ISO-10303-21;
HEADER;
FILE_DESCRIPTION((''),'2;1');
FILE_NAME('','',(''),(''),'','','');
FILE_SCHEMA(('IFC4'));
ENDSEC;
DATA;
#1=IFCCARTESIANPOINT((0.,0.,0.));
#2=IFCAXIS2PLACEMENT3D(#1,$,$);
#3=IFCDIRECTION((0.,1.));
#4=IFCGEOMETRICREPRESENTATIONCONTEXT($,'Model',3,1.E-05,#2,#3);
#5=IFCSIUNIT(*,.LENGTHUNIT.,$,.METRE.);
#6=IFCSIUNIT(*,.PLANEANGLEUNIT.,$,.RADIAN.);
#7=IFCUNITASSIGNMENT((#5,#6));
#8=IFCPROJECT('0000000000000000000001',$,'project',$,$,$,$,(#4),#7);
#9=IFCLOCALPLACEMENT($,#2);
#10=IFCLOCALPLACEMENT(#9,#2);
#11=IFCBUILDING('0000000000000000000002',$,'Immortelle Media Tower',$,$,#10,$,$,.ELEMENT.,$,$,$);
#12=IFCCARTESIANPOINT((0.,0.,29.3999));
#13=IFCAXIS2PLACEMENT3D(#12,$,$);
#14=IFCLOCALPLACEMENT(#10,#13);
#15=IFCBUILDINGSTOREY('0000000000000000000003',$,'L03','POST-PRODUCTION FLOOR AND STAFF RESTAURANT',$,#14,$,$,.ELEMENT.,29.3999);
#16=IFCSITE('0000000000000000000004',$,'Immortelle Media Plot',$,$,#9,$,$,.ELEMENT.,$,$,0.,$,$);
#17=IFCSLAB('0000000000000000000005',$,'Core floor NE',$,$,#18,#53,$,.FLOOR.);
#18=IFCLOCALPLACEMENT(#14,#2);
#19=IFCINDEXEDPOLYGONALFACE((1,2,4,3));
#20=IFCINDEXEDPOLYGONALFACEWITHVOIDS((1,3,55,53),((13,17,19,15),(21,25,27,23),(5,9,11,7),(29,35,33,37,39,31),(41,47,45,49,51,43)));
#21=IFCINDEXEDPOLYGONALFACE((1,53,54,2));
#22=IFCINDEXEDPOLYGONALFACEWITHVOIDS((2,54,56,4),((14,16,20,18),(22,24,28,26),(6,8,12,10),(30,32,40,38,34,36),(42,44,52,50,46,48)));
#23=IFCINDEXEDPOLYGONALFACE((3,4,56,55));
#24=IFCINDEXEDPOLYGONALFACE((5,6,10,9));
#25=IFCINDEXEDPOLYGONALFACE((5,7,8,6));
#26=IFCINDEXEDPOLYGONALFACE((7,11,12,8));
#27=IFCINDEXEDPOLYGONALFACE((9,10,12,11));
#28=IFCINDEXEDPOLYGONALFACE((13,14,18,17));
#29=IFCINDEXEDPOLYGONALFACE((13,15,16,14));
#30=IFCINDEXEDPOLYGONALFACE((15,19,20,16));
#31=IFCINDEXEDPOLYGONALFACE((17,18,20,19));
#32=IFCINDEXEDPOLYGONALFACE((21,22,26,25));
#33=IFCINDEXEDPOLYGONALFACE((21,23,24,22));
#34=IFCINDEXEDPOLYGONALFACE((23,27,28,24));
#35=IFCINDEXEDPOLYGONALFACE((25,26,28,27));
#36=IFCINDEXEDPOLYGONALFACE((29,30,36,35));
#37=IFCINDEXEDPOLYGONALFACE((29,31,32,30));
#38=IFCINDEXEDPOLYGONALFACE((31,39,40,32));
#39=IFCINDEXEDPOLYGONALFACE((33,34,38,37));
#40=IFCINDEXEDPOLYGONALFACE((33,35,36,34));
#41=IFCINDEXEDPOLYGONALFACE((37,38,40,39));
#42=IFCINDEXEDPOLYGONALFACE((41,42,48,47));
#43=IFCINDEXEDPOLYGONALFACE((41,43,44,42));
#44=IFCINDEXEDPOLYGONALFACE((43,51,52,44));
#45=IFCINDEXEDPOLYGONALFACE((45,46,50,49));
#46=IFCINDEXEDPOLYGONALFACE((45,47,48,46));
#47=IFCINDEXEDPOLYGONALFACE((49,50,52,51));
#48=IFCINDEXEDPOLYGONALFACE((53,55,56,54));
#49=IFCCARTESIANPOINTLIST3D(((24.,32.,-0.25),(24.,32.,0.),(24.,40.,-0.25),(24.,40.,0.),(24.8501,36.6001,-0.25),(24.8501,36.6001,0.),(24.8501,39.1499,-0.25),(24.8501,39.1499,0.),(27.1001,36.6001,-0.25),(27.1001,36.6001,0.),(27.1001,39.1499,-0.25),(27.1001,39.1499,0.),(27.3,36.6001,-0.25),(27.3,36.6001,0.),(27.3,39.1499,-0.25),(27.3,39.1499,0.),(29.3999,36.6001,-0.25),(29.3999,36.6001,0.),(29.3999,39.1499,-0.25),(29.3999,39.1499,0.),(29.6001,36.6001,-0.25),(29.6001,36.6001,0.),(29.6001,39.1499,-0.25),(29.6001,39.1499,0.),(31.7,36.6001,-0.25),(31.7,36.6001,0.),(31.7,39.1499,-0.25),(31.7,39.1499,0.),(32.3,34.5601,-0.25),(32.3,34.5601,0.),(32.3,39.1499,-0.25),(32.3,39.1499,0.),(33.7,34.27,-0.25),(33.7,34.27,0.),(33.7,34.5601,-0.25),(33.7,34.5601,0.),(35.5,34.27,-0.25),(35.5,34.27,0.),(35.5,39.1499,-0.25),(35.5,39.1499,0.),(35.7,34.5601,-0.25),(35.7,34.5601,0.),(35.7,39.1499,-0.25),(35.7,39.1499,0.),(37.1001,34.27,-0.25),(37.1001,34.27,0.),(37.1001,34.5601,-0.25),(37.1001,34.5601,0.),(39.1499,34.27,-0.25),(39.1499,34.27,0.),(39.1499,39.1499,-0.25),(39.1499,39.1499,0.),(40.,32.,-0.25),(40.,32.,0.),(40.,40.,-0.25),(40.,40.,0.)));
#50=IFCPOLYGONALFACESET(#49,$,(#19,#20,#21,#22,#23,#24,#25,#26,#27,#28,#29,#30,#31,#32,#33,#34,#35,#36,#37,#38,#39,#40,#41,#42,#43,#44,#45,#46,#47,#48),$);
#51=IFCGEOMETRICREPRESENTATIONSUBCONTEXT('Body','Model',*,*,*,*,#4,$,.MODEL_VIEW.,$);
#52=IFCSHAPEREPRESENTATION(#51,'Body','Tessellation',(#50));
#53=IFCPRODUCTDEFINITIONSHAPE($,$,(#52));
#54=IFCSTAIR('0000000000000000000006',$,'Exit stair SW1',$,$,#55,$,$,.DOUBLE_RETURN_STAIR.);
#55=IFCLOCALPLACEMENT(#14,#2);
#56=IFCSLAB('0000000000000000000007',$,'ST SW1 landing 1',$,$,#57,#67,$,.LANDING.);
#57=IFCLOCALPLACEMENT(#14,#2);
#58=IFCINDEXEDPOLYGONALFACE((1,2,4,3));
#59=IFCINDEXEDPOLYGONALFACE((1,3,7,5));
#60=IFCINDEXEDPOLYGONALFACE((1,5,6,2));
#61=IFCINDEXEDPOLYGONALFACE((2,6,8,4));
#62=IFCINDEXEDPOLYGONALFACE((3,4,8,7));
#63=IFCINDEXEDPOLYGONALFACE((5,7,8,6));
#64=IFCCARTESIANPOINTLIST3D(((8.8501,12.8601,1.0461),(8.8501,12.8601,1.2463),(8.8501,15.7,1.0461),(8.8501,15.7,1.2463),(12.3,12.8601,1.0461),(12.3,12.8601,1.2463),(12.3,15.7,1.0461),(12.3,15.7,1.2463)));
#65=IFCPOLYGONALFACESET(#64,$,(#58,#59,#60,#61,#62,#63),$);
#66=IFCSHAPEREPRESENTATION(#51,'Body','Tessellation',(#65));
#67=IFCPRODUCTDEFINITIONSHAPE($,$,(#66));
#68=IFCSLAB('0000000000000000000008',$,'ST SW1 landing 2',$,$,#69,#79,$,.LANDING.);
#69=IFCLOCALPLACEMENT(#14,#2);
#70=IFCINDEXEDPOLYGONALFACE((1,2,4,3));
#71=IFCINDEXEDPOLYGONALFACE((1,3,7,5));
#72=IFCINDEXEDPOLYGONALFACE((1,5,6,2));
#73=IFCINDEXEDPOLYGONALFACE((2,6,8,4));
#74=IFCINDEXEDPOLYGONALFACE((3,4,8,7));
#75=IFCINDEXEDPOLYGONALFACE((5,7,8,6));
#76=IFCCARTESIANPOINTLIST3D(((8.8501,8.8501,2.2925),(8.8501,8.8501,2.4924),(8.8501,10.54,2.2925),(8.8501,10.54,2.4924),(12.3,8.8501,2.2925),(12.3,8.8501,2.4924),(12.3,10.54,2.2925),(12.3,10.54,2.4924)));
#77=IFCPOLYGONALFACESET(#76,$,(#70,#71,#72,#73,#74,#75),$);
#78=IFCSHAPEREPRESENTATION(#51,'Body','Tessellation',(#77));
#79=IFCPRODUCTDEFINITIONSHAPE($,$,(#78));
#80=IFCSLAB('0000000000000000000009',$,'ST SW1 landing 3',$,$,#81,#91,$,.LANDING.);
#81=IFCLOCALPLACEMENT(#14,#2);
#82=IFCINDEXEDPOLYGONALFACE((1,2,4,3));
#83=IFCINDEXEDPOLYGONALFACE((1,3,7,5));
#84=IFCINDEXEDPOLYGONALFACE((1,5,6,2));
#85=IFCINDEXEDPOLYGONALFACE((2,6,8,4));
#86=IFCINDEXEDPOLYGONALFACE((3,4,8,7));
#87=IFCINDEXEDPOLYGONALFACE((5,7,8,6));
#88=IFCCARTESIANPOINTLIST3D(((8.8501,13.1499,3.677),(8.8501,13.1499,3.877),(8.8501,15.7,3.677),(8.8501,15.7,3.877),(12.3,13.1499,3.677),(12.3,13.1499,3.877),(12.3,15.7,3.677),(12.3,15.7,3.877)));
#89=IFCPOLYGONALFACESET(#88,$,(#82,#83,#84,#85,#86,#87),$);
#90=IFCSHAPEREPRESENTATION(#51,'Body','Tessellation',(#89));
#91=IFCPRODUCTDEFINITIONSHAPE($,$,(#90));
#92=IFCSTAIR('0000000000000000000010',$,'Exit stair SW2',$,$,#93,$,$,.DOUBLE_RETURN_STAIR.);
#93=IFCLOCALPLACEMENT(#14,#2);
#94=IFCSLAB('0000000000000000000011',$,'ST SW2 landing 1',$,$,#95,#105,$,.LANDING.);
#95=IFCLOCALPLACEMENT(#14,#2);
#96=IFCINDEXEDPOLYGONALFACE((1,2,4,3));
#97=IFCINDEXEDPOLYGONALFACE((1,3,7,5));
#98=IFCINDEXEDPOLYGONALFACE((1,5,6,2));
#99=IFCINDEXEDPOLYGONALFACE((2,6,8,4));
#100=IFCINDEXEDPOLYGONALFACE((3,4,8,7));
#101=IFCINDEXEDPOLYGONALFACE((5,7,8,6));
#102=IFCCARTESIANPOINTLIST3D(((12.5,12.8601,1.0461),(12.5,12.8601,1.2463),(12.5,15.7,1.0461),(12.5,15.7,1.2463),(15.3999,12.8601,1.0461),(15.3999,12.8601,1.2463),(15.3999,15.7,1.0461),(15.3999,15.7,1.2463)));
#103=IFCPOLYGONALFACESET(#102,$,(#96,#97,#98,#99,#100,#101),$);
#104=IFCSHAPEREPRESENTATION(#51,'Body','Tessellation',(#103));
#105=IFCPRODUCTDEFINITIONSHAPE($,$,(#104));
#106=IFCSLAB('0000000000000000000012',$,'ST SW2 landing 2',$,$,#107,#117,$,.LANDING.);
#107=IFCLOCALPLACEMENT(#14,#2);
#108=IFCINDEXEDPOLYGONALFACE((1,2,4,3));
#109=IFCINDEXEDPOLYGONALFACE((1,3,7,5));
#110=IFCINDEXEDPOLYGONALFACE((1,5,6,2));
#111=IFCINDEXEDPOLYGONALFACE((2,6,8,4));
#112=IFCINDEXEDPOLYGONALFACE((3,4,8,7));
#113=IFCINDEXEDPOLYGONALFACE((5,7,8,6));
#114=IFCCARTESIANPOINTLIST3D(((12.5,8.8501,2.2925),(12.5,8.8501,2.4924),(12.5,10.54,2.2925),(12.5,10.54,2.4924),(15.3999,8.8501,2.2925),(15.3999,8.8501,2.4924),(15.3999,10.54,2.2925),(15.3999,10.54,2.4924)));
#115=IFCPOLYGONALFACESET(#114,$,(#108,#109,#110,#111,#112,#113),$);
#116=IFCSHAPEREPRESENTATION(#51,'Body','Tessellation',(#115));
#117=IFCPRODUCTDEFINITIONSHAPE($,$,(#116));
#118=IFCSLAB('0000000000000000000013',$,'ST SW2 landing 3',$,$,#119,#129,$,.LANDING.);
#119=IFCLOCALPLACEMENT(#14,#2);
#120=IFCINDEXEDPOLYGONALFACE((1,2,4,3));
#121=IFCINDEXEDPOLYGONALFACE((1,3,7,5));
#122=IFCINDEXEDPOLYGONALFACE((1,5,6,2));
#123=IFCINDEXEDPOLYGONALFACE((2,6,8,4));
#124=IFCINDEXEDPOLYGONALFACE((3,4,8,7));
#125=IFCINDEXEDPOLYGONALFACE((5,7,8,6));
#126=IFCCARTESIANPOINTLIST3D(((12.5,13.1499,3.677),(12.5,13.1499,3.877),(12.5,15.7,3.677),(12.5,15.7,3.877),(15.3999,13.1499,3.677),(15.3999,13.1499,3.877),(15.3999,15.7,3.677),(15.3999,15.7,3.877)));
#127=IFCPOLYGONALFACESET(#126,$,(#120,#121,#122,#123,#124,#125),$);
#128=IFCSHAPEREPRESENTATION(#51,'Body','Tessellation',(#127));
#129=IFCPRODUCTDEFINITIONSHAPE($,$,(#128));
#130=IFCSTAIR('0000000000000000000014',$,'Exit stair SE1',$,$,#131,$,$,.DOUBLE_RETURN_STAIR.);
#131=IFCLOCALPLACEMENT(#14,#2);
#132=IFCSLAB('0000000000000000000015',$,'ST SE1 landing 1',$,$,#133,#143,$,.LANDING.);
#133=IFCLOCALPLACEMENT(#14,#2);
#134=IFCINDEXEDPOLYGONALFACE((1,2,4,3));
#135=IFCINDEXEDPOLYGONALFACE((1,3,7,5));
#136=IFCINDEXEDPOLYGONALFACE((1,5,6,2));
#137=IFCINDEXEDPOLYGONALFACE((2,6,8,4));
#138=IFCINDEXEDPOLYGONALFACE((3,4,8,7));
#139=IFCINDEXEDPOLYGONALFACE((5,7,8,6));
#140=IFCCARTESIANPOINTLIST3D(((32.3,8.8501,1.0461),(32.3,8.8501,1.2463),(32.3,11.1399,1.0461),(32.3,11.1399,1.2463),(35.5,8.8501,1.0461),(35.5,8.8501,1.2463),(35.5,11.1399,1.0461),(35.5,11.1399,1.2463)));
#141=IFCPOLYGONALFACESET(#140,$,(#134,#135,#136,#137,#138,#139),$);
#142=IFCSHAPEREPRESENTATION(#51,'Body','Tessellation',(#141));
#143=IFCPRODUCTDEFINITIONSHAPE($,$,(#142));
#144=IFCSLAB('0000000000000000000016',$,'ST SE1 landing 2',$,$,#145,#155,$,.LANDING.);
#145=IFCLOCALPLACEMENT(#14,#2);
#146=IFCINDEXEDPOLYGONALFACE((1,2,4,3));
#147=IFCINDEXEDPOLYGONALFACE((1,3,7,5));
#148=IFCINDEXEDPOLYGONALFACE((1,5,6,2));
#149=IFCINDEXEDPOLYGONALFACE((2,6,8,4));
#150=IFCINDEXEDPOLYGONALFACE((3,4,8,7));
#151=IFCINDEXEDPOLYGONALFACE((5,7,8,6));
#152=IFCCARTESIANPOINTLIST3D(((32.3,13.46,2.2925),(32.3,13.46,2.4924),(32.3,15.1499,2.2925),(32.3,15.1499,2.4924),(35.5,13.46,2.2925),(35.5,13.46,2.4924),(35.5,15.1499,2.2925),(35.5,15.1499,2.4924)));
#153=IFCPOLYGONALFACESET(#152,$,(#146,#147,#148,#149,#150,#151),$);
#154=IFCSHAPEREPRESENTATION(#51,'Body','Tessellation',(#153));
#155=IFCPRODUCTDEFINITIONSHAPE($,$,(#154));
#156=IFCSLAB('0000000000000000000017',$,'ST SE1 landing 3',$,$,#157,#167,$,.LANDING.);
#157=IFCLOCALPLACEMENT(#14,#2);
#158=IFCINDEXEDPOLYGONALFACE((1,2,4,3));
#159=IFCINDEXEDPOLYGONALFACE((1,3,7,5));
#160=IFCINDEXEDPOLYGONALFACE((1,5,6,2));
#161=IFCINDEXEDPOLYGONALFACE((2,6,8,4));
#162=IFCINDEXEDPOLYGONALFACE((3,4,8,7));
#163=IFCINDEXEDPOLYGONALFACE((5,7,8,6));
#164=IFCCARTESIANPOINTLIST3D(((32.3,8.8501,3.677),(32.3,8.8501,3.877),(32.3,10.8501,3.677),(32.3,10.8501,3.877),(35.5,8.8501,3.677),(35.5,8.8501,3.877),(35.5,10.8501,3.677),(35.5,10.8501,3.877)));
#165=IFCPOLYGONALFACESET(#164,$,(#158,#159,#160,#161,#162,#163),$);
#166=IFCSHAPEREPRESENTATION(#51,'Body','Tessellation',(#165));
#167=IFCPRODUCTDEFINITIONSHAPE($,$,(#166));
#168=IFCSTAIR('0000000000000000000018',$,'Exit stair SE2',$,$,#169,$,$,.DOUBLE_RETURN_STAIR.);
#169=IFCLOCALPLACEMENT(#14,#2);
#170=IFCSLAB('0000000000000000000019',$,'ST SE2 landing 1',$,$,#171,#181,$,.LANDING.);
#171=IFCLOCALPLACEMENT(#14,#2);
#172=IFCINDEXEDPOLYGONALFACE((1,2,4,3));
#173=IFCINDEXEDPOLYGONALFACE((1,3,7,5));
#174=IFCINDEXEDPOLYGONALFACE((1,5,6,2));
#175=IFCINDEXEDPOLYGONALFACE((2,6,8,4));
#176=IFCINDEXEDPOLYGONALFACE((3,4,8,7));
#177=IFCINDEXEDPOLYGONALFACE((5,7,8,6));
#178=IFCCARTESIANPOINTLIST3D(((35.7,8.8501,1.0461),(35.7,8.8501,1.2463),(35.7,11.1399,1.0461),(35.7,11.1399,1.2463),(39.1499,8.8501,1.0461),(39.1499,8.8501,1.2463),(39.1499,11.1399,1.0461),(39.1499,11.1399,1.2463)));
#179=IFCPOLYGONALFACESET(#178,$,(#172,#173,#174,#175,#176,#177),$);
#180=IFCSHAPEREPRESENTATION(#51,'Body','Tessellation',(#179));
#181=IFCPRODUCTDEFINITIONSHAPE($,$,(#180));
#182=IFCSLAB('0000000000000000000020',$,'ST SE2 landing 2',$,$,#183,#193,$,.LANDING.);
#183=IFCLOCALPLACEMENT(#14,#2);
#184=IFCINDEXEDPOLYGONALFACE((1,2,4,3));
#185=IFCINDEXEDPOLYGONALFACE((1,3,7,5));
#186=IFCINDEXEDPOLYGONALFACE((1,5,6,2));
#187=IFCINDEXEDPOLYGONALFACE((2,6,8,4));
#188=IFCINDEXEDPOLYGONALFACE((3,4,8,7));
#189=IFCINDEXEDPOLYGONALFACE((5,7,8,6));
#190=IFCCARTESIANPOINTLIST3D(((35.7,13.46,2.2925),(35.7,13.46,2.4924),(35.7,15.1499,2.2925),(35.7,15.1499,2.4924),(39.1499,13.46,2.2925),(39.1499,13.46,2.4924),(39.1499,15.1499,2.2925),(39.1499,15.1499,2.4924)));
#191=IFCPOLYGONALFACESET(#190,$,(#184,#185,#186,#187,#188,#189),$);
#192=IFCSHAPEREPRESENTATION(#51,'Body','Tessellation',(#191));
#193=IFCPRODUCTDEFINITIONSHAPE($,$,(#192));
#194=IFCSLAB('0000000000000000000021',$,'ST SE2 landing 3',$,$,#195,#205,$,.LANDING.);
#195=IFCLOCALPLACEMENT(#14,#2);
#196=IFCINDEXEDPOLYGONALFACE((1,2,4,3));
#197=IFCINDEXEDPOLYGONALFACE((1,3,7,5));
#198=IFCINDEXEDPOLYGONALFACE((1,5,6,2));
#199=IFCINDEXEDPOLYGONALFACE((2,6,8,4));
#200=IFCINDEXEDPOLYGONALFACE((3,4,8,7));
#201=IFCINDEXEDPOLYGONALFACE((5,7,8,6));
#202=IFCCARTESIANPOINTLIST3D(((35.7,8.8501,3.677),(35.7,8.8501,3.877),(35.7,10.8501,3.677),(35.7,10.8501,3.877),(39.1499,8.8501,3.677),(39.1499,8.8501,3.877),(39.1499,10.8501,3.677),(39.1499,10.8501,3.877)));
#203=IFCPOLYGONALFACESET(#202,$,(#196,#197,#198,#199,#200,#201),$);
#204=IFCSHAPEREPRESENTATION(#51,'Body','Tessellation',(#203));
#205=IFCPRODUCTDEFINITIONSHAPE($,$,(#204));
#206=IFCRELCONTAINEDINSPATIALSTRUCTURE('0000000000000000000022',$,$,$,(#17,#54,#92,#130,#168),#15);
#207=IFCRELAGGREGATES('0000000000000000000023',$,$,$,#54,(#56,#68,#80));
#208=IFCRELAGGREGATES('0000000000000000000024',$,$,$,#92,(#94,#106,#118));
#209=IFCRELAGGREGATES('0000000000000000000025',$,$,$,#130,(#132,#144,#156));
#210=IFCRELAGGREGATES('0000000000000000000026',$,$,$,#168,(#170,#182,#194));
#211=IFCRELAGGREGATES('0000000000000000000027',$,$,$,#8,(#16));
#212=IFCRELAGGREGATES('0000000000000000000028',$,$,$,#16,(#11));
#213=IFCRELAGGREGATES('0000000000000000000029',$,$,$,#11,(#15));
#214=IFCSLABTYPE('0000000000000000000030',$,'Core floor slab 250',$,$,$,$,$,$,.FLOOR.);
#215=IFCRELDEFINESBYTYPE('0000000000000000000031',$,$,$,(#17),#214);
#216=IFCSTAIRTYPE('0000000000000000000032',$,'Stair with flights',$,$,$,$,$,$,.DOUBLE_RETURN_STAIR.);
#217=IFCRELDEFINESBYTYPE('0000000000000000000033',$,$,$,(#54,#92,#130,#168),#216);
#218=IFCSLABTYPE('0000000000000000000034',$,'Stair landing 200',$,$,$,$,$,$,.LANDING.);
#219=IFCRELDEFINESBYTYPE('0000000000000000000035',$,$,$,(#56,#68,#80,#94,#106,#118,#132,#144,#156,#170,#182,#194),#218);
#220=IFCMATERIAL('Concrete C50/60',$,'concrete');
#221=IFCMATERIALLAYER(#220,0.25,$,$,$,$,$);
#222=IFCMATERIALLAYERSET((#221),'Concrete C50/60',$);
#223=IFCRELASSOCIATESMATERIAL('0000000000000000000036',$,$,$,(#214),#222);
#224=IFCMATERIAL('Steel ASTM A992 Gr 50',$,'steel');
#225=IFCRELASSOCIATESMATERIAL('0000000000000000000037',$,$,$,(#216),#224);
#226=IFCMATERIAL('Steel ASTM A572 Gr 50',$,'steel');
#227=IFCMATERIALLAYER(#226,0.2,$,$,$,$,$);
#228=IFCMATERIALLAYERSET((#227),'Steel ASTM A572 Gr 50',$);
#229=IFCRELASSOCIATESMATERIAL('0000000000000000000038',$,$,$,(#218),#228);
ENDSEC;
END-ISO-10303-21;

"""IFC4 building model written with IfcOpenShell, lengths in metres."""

from ifc_helpers import new_model, si_unit, direction, frame, origin, place, context, subcontext, project, spatial, polyline, outline, extrude, material, layer, layer_set, type_object, element, aggregate, save


model = new_model("IFC4")

# Units and contexts
model_context = context("Model", 3, precision=1e-05, world=origin(), true_north=direction((0.0, 1.0)))
body_context = subcontext(model_context, "Body", "Model", "MODEL_VIEW")
ifc_project = project(units=[si_unit("LENGTHUNIT", "METRE"), si_unit("PLANEANGLEUNIT", "RADIAN")], contexts=[model_context])

# Site, building, storey
site_placement = place(None, origin())
site = spatial("IfcSite", under=ifc_project, at=site_placement, Name="Immortelle Media Plot", CompositionType="ELEMENT", RefElevation=0.0)
building_placement = place(site_placement, origin())
building = spatial("IfcBuilding", under=site, at=building_placement, Name="Immortelle Media Tower", CompositionType="ELEMENT")
storey_placement = place(building_placement, frame((0.0, 0.0, 29.3999)))
storey = spatial("IfcBuildingStorey", under=building, at=storey_placement, Name="L03", Description="POST-PRODUCTION FLOOR AND STAFF RESTAURANT", CompositionType="ELEMENT", Elevation=29.3999)

# Slab
ifc_material_1 = material(Name="Concrete C50/60", Category="concrete")
ifc_layer_1 = layer(ifc_material_1, 0.25)
ifc_layer_set_1 = layer_set([ifc_layer_1], Name="Concrete C50/60")
slab_type_1 = type_object("IfcSlabType", Name="Core floor slab 250", PredefinedType="FLOOR", material=ifc_layer_set_1)
slab_1_placement = place(storey_placement, frame((0.0, 0.0, -0.25)))
element("IfcSlab", 1, at=slab_1_placement, inside=storey, type_object=slab_type_1, Name="Core floor NE", PredefinedType="FLOOR", context=body_context, shape_type="SweptSolid", body=[
    extrude(outline(polyline([(24.0, 32.0), (40.0, 32.0), (40.0, 40.0), (24.0, 40.0), (24.0, 32.0)]), holes=[polyline([(24.8501, 36.6001), (27.1001, 36.6001), (27.1001, 39.1499), (24.8501, 39.1499), (24.8501, 36.6001)]), polyline([(27.3, 36.6001), (29.3999, 36.6001), (29.3999, 39.1499), (27.3, 39.1499), (27.3, 36.6001)]), polyline([(29.6001, 36.6001), (31.7, 36.6001), (31.7, 39.1499), (29.6001, 39.1499), (29.6001, 36.6001)]), polyline([(32.3, 39.1499), (35.5, 39.1499), (35.5, 34.27), (33.7, 34.27), (33.7, 34.5601), (32.3, 34.5601), (32.3, 39.1499)]), polyline([(35.7, 39.1499), (39.1499, 39.1499), (39.1499, 34.27), (37.1001, 34.27), (37.1001, 34.5601), (35.7, 34.5601), (35.7, 39.1499)])]), origin(), (0.0, 0.0, 1.0), 0.25),
])

# Stairs, slabs
ifc_material_2 = material(Name="Steel ASTM A992 Gr 50", Category="steel")
stair_type = type_object("IfcStairType", Name="Stair with flights", PredefinedType="DOUBLE_RETURN_STAIR", material=ifc_material_2)
stair_1_placement = place(storey_placement, origin())
stair_1 = element("IfcStair", 2, at=stair_1_placement, inside=storey, type_object=stair_type, Name="Exit stair SW1", PredefinedType="DOUBLE_RETURN_STAIR")
ifc_material_3 = material(Name="Steel ASTM A572 Gr 50", Category="steel")
ifc_layer_2 = layer(ifc_material_3, 0.2)
ifc_layer_set_2 = layer_set([ifc_layer_2], Name="Steel ASTM A572 Gr 50")
slab_type_2 = type_object("IfcSlabType", Name="Stair landing 200", PredefinedType="LANDING", material=ifc_layer_set_2)
slab_2_placement = place(storey_placement, frame((0.0, 0.0, 1.0461)))
slab_2 = element("IfcSlab", 3, at=slab_2_placement, type_object=slab_type_2, Name="ST SW1 landing 1", PredefinedType="LANDING", context=body_context, shape_type="SweptSolid", body=[
    extrude(outline(polyline([(8.8501, 12.8601), (12.3, 12.8601), (12.3, 15.7), (8.8501, 15.7), (8.8501, 12.8601)])), origin(), (0.0, 0.0, 1.0), 0.2002),
])
slab_3_placement = place(storey_placement, frame((0.0, 0.0, 2.2925)))
slab_3 = element("IfcSlab", 4, at=slab_3_placement, type_object=slab_type_2, Name="ST SW1 landing 2", PredefinedType="LANDING", context=body_context, shape_type="SweptSolid", body=[
    extrude(outline(polyline([(8.8501, 8.8501), (12.3, 8.8501), (12.3, 10.54), (8.8501, 10.54), (8.8501, 8.8501)])), origin(), (0.0, 0.0, 1.0), 0.2),
])
slab_4_placement = place(storey_placement, frame((0.0, 0.0, 3.677)))
slab_4 = element("IfcSlab", 5, at=slab_4_placement, type_object=slab_type_2, Name="ST SW1 landing 3", PredefinedType="LANDING", context=body_context, shape_type="SweptSolid", body=[
    extrude(outline(polyline([(8.8501, 13.1499), (12.3, 13.1499), (12.3, 15.7), (8.8501, 15.7), (8.8501, 13.1499)])), origin(), (0.0, 0.0, 1.0), 0.2),
])
aggregate(stair_1, [slab_2, slab_3, slab_4])
stair_2_placement = place(storey_placement, origin())
stair_2 = element("IfcStair", 6, at=stair_2_placement, inside=storey, type_object=stair_type, Name="Exit stair SW2", PredefinedType="DOUBLE_RETURN_STAIR")
slab_5_placement = place(storey_placement, frame((0.0, 0.0, 1.0461)))
slab_5 = element("IfcSlab", 7, at=slab_5_placement, type_object=slab_type_2, Name="ST SW2 landing 1", PredefinedType="LANDING", context=body_context, shape_type="SweptSolid", body=[
    extrude(outline(polyline([(12.5, 12.8601), (15.3999, 12.8601), (15.3999, 15.7), (12.5, 15.7), (12.5, 12.8601)])), origin(), (0.0, 0.0, 1.0), 0.2002),
])
slab_6_placement = place(storey_placement, frame((0.0, 0.0, 2.2925)))
slab_6 = element("IfcSlab", 8, at=slab_6_placement, type_object=slab_type_2, Name="ST SW2 landing 2", PredefinedType="LANDING", context=body_context, shape_type="SweptSolid", body=[
    extrude(outline(polyline([(12.5, 8.8501), (15.3999, 8.8501), (15.3999, 10.54), (12.5, 10.54), (12.5, 8.8501)])), origin(), (0.0, 0.0, 1.0), 0.2),
])
slab_7_placement = place(storey_placement, frame((0.0, 0.0, 3.677)))
slab_7 = element("IfcSlab", 9, at=slab_7_placement, type_object=slab_type_2, Name="ST SW2 landing 3", PredefinedType="LANDING", context=body_context, shape_type="SweptSolid", body=[
    extrude(outline(polyline([(12.5, 13.1499), (15.3999, 13.1499), (15.3999, 15.7), (12.5, 15.7), (12.5, 13.1499)])), origin(), (0.0, 0.0, 1.0), 0.2),
])
aggregate(stair_2, [slab_5, slab_6, slab_7])
stair_3_placement = place(storey_placement, origin())
stair_3 = element("IfcStair", 10, at=stair_3_placement, inside=storey, type_object=stair_type, Name="Exit stair SE1", PredefinedType="DOUBLE_RETURN_STAIR")
slab_8_placement = place(storey_placement, frame((0.0, 0.0, 1.0461)))
slab_8 = element("IfcSlab", 11, at=slab_8_placement, type_object=slab_type_2, Name="ST SE1 landing 1", PredefinedType="LANDING", context=body_context, shape_type="SweptSolid", body=[
    extrude(outline(polyline([(32.3, 8.8501), (35.5, 8.8501), (35.5, 11.1399), (32.3, 11.1399), (32.3, 8.8501)])), origin(), (0.0, 0.0, 1.0), 0.2002),
])
slab_9_placement = place(storey_placement, frame((0.0, 0.0, 2.2925)))
slab_9 = element("IfcSlab", 12, at=slab_9_placement, type_object=slab_type_2, Name="ST SE1 landing 2", PredefinedType="LANDING", context=body_context, shape_type="SweptSolid", body=[
    extrude(outline(polyline([(32.3, 13.46), (35.5, 13.46), (35.5, 15.1499), (32.3, 15.1499), (32.3, 13.46)])), origin(), (0.0, 0.0, 1.0), 0.2),
])
slab_10_placement = place(storey_placement, frame((0.0, 0.0, 3.677)))
slab_10 = element("IfcSlab", 13, at=slab_10_placement, type_object=slab_type_2, Name="ST SE1 landing 3", PredefinedType="LANDING", context=body_context, shape_type="SweptSolid", body=[
    extrude(outline(polyline([(32.3, 8.8501), (35.5, 8.8501), (35.5, 10.8501), (32.3, 10.8501), (32.3, 8.8501)])), origin(), (0.0, 0.0, 1.0), 0.2),
])
aggregate(stair_3, [slab_8, slab_9, slab_10])
stair_4_placement = place(storey_placement, origin())
stair_4 = element("IfcStair", 14, at=stair_4_placement, inside=storey, type_object=stair_type, Name="Exit stair SE2", PredefinedType="DOUBLE_RETURN_STAIR")
slab_11_placement = place(storey_placement, frame((0.0, 0.0, 1.0461)))
slab_11 = element("IfcSlab", 15, at=slab_11_placement, type_object=slab_type_2, Name="ST SE2 landing 1", PredefinedType="LANDING", context=body_context, shape_type="SweptSolid", body=[
    extrude(outline(polyline([(35.7, 8.8501), (39.1499, 8.8501), (39.1499, 11.1399), (35.7, 11.1399), (35.7, 8.8501)])), origin(), (0.0, 0.0, 1.0), 0.2002),
])
slab_12_placement = place(storey_placement, frame((0.0, 0.0, 2.2925)))
slab_12 = element("IfcSlab", 16, at=slab_12_placement, type_object=slab_type_2, Name="ST SE2 landing 2", PredefinedType="LANDING", context=body_context, shape_type="SweptSolid", body=[
    extrude(outline(polyline([(35.7, 13.46), (39.1499, 13.46), (39.1499, 15.1499), (35.7, 15.1499), (35.7, 13.46)])), origin(), (0.0, 0.0, 1.0), 0.2),
])
slab_13_placement = place(storey_placement, frame((0.0, 0.0, 3.677)))
slab_13 = element("IfcSlab", 17, at=slab_13_placement, type_object=slab_type_2, Name="ST SE2 landing 3", PredefinedType="LANDING", context=body_context, shape_type="SweptSolid", body=[
    extrude(outline(polyline([(35.7, 8.8501), (39.1499, 8.8501), (39.1499, 10.8501), (35.7, 10.8501), (35.7, 8.8501)])), origin(), (0.0, 0.0, 1.0), 0.2),
])
aggregate(stair_4, [slab_11, slab_12, slab_13])

save(model, "model.ifc")
